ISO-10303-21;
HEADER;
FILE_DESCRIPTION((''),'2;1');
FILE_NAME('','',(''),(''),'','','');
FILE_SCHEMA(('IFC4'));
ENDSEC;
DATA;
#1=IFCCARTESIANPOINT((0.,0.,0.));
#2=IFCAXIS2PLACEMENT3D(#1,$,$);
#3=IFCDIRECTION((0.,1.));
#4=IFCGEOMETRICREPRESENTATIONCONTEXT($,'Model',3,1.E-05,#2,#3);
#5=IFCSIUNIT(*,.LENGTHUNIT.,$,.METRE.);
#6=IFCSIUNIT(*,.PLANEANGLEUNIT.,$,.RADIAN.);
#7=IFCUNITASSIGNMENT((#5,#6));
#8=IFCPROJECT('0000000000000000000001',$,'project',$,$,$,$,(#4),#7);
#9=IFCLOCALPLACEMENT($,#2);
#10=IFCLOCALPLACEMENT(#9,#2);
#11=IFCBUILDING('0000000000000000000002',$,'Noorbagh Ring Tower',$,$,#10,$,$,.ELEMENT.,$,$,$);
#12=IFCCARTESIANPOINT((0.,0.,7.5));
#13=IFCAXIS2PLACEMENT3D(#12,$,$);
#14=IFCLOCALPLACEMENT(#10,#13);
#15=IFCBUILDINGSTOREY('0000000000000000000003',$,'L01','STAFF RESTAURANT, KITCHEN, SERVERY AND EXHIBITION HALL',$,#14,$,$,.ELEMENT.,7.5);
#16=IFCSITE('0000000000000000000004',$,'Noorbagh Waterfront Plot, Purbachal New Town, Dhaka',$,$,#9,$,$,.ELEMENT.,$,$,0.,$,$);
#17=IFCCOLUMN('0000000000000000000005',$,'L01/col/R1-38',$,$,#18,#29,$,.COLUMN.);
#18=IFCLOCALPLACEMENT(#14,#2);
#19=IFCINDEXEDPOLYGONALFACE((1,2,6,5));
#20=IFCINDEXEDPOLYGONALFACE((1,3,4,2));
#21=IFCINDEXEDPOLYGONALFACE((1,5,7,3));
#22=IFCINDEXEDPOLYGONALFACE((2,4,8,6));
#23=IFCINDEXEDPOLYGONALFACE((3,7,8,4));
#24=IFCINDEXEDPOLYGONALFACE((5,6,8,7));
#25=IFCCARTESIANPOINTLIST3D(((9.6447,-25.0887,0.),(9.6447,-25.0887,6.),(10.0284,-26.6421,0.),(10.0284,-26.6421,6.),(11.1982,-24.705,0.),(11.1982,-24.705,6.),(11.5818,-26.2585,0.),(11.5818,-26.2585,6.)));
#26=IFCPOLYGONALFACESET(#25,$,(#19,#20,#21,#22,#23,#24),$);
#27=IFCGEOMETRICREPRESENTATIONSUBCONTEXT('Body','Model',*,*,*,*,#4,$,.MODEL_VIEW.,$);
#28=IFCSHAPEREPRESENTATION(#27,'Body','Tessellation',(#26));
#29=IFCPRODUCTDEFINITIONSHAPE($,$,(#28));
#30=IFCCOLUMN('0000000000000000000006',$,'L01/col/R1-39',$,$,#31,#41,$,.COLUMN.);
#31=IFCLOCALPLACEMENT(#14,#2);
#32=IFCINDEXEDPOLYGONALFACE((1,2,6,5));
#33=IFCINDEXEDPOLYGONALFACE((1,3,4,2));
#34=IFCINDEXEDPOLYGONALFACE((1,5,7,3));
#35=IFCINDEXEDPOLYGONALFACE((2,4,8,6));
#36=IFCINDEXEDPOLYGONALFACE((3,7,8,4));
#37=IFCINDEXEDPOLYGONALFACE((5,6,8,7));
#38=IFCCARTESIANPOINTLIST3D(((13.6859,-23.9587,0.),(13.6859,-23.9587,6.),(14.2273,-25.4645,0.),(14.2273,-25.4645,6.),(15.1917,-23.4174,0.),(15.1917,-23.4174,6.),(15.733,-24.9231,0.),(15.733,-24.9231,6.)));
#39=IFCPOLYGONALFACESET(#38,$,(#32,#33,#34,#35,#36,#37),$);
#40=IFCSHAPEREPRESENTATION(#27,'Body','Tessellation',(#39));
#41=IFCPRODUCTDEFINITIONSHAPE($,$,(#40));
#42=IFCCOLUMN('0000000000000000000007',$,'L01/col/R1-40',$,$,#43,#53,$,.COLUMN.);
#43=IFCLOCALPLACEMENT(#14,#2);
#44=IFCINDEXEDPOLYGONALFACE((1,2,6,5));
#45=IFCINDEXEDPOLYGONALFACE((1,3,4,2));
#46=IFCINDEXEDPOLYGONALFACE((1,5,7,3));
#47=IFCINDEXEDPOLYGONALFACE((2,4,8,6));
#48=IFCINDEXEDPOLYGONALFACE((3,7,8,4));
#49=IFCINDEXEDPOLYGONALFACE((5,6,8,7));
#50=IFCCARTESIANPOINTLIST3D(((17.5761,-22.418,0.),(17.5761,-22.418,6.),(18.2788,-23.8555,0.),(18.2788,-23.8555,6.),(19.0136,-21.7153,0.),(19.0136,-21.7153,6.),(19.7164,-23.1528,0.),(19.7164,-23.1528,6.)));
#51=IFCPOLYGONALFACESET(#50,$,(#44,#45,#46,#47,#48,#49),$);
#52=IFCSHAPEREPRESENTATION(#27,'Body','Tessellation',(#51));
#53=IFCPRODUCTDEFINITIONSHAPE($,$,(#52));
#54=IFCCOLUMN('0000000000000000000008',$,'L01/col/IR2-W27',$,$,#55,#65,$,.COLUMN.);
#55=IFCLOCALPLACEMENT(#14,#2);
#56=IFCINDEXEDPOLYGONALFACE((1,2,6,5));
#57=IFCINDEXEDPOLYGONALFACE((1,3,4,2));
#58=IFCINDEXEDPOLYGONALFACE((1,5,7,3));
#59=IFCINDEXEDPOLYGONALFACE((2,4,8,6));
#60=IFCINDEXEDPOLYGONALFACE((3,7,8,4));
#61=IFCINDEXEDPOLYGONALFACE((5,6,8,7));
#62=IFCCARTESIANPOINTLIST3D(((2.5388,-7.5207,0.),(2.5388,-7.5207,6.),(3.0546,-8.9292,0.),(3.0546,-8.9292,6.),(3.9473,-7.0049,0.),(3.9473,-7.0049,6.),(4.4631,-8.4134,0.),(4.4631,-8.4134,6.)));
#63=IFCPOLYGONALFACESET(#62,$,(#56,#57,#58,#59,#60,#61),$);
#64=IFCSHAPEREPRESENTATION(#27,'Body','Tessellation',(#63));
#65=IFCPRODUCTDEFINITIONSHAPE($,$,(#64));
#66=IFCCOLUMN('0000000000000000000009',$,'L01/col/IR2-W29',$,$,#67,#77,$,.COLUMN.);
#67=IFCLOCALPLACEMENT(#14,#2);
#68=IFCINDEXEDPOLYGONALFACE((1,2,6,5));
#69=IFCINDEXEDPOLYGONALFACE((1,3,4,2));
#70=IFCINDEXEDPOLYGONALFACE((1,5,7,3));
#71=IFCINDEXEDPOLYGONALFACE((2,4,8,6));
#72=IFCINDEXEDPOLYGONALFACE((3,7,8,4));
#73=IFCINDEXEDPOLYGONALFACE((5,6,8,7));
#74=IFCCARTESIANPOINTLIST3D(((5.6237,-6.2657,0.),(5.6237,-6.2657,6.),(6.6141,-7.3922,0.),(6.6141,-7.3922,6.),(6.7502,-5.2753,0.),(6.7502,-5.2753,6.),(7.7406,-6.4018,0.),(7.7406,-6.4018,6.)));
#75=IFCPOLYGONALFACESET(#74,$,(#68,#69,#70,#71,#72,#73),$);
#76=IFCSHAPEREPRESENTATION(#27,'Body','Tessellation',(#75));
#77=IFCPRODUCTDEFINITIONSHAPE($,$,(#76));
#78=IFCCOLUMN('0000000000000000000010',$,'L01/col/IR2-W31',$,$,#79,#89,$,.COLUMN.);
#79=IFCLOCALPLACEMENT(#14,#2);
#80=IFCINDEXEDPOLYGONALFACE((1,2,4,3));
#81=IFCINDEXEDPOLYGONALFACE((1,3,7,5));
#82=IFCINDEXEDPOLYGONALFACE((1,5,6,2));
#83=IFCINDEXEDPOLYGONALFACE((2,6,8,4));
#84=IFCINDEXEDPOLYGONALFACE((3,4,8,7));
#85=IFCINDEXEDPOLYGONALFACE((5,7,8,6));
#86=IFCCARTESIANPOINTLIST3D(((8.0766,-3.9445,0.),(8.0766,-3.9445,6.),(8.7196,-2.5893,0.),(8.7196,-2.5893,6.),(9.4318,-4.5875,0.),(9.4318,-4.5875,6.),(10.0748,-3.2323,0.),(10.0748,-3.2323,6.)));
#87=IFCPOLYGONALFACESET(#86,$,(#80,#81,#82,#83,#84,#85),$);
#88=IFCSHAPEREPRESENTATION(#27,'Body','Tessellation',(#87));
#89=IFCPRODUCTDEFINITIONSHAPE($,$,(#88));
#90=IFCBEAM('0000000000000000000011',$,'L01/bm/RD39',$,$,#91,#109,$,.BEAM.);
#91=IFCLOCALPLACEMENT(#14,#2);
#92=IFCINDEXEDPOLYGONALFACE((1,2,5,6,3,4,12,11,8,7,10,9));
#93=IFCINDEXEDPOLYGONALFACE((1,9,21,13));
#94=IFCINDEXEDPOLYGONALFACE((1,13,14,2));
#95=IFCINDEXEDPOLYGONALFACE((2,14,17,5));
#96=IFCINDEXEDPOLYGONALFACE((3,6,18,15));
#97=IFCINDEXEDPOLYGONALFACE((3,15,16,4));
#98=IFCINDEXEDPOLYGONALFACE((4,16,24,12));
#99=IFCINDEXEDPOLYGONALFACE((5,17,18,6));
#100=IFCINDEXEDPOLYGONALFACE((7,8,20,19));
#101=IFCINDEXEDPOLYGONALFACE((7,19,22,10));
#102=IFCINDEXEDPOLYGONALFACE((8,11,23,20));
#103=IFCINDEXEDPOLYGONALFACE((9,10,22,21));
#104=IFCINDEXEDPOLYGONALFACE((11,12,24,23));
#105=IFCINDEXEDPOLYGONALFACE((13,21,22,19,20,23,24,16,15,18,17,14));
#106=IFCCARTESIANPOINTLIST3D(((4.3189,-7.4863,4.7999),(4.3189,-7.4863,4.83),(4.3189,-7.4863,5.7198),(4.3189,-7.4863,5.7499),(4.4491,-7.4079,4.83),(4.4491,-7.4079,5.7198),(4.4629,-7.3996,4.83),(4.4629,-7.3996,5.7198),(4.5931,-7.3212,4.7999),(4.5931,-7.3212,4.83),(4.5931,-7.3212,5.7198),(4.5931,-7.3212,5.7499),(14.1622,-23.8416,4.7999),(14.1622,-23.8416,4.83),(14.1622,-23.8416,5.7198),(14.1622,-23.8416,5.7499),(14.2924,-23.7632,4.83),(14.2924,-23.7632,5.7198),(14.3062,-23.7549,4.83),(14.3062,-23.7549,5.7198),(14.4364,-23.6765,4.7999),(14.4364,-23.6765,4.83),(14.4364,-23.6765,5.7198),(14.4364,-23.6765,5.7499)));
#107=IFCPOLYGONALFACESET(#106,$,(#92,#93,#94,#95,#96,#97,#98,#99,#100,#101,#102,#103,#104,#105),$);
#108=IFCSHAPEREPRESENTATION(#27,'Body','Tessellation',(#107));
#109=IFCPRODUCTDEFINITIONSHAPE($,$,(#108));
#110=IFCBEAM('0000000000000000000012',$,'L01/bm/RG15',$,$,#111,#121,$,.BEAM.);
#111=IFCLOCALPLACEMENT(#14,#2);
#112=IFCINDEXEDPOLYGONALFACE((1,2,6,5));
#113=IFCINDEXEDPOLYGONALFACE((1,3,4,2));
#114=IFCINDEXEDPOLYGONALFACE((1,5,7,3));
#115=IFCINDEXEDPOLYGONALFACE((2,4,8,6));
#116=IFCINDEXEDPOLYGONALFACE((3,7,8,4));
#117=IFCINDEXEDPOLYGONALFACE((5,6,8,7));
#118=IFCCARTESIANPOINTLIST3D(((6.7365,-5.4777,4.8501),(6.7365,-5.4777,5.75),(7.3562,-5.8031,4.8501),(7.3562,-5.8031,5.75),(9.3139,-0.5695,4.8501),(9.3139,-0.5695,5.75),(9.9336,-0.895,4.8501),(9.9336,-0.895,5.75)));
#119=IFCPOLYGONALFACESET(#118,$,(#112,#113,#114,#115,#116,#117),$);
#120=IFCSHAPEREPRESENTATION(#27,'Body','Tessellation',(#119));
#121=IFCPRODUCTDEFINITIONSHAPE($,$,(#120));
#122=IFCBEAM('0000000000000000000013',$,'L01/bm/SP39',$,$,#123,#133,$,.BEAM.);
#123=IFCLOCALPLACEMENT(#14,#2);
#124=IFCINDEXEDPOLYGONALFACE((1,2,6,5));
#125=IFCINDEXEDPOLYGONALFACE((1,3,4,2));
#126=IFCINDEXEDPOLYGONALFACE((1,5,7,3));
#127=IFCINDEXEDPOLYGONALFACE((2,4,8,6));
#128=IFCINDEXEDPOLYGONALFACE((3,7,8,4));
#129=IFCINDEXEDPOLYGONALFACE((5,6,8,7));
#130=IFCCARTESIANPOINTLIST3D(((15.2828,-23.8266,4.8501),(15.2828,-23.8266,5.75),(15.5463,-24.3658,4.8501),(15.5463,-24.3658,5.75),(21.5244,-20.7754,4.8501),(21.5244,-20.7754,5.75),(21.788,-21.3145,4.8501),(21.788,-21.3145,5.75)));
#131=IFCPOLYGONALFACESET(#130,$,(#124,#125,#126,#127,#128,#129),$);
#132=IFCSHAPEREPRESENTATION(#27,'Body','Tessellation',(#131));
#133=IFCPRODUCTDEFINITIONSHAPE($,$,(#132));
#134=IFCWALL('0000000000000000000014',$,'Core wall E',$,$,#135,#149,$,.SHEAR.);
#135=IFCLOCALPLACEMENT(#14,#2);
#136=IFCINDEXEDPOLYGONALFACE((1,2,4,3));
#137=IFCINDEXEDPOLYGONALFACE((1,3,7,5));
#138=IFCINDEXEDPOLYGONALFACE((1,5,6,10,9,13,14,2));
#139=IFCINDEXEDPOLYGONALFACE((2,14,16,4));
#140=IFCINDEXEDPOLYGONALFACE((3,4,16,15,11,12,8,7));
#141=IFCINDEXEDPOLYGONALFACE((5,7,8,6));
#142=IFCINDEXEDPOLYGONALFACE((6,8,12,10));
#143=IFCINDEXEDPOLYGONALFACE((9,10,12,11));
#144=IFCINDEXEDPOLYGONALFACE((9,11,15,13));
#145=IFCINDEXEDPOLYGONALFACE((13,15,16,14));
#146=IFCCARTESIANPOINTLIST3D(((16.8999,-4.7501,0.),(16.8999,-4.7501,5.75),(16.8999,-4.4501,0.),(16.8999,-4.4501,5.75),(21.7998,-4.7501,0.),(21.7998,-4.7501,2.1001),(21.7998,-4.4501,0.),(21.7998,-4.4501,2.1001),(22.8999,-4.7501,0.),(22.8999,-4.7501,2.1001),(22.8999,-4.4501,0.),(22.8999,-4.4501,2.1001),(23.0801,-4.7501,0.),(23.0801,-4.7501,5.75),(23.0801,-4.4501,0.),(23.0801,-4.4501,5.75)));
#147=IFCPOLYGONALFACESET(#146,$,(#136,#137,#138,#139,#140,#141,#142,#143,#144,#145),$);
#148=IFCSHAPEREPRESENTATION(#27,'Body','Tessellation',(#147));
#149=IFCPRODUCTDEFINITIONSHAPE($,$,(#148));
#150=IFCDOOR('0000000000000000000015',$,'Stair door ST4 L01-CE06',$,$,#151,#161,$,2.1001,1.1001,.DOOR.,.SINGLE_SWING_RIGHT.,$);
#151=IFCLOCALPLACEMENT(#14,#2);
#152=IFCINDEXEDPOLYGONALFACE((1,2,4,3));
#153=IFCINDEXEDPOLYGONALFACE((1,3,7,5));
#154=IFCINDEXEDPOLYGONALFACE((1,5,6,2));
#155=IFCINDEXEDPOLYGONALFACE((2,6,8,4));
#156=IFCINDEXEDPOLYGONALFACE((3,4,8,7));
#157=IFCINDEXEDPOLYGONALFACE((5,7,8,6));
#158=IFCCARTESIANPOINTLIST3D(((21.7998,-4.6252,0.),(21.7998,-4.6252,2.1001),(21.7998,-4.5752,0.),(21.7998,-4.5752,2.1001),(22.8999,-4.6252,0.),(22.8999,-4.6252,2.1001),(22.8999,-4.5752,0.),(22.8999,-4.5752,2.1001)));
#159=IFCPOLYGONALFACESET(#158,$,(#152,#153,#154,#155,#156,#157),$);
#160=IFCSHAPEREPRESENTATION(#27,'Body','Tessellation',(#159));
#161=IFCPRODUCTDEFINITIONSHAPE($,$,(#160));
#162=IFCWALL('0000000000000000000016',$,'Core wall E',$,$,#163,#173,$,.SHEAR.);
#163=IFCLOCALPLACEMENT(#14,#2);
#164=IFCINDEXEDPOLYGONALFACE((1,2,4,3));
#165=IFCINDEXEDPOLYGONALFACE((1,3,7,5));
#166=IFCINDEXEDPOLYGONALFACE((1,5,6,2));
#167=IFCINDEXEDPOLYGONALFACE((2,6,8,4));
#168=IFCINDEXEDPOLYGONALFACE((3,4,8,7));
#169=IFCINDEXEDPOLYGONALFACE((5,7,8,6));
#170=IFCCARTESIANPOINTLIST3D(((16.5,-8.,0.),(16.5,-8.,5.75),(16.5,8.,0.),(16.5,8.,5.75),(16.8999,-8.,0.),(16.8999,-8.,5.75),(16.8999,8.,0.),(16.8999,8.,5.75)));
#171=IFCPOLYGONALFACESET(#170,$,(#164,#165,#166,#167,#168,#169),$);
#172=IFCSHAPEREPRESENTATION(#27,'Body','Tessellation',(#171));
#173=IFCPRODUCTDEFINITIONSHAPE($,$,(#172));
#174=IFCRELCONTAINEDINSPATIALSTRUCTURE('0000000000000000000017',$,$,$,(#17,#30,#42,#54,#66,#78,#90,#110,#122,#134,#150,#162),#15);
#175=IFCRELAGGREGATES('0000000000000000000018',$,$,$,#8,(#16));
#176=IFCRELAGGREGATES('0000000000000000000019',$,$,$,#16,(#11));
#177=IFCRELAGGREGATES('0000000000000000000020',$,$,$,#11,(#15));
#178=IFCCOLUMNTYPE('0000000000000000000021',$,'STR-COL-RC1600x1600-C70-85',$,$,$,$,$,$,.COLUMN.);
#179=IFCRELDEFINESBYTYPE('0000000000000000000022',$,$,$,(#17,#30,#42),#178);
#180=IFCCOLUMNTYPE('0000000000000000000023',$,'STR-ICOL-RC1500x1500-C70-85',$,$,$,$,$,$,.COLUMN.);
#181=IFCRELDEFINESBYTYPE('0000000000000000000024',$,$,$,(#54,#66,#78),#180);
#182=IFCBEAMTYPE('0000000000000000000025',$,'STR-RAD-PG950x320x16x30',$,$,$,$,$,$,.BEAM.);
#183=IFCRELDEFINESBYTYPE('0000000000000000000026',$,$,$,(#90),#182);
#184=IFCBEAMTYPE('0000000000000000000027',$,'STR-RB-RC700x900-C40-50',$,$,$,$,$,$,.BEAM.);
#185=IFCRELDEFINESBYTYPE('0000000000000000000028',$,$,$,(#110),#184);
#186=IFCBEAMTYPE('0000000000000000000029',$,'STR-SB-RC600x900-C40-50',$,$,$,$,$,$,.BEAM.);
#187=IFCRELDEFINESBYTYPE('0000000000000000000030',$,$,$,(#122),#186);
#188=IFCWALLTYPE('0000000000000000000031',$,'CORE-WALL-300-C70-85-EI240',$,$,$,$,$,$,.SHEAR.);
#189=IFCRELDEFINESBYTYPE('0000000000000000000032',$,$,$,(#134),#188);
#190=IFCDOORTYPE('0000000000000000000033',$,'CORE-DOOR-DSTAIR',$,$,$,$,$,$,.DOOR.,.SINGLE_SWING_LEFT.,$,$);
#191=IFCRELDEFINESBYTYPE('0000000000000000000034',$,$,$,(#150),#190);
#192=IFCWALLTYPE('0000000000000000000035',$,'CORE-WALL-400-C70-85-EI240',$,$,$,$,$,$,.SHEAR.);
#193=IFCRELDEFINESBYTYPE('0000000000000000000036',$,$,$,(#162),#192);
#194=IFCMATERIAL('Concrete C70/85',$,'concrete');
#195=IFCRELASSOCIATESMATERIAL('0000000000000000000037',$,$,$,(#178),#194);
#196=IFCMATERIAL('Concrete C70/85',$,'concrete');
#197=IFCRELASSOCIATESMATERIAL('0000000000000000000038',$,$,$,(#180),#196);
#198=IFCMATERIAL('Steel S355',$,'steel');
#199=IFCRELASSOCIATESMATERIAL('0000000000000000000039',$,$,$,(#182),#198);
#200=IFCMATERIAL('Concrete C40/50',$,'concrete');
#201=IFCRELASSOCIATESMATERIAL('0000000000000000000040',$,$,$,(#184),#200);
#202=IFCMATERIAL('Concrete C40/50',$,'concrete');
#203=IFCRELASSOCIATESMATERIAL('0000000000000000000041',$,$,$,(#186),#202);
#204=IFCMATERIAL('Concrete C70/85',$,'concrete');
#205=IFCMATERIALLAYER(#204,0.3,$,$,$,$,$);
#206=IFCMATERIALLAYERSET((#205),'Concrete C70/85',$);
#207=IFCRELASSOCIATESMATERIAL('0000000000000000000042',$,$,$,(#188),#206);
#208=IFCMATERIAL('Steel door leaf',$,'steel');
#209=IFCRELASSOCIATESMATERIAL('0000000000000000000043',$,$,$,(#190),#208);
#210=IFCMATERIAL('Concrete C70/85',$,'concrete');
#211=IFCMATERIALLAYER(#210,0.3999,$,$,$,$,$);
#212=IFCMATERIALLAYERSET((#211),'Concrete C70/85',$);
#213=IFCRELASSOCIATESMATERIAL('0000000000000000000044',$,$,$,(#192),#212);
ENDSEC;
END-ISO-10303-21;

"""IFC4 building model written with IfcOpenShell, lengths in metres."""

from ifc_helpers import new_model, si_unit, direction, frame, frame_2d, origin, origin_2d, place, context, subcontext, project, spatial, rectangle, i_section, extrude, material, layer, layer_set, material_profile, profile_set, type_object, element, fill, save


model = new_model("IFC4")

# Units and contexts
model_context = context("Model", 3, precision=1e-05, world=origin(), true_north=direction((0.0, 1.0)))
body_context = subcontext(model_context, "Body", "Model", "MODEL_VIEW")
ifc_project = project(units=[si_unit("LENGTHUNIT", "METRE"), si_unit("PLANEANGLEUNIT", "RADIAN")], contexts=[model_context])

# Site, building, storey
site_placement = place(None, origin())
site = spatial("IfcSite", under=ifc_project, at=site_placement, Name="Noorbagh Waterfront Plot, Purbachal New Town, Dhaka", CompositionType="ELEMENT", RefElevation=0.0)
building_placement = place(site_placement, origin())
building = spatial("IfcBuilding", under=site, at=building_placement, Name="Noorbagh Ring Tower", CompositionType="ELEMENT")
storey_placement = place(building_placement, frame((0.0, 0.0, 7.5)))
storey = spatial("IfcBuildingStorey", under=building, at=storey_placement, Name="L01", Description="STAFF RESTAURANT, KITCHEN, SERVERY AND EXHIBITION HALL", CompositionType="ELEMENT", Elevation=7.5)

# Columns
ifc_material_1 = material(Name="Concrete C70/85", Category="concrete")
ifc_material_profile_1 = material_profile(ifc_material_1, rectangle(XDim=1.6001, YDim=1.6001, at=origin_2d()), Name="RC1600x1600")
ifc_profile_set_1 = profile_set([ifc_material_profile_1], Name="Concrete C70/85")
column_type_1 = type_object("IfcColumnType", Name="STR-COL-RC1600x1600-C70-85", PredefinedType="COLUMN", material=ifc_profile_set_1)
for number, where, z_axis, x_axis, name in (
    (1, (10.6133, -25.6736, 0.0), (0.0, 0.0, 1.0), (0.970829, 0.239771, 0.0), "L01/col/R1-38"),
    (2, (14.7095, -24.4409, 0.0), (0.0, 0.0, 1.0), (0.941025, 0.338338, 0.0), "L01/col/R1-39"),
    (3, (18.6462, -22.7854, 0.0), (0.0, 0.0, 1.0), (0.898399, 0.43918, 0.0), "L01/col/R1-40"),
):
    element("IfcColumn", number, at=place(storey_placement, frame(where, z_axis=z_axis, x_axis=x_axis)), inside=storey, type_object=column_type_1, Name=name, PredefinedType="COLUMN", context=body_context, shape_type="SweptSolid", body=[
        extrude(rectangle(XDim=1.6001, YDim=1.6001, at=origin_2d()), origin(), (0.0, 0.0, 1.0), 6.0),
    ])
ifc_material_2 = material(Name="Concrete C70/85", Category="concrete")
ifc_material_profile_2 = material_profile(ifc_material_2, rectangle(XDim=1.5, YDim=1.5, at=origin_2d()), Name="RC1500x1500")
ifc_profile_set_2 = profile_set([ifc_material_profile_2], Name="Concrete C70/85")
column_type_2 = type_object("IfcColumnType", Name="STR-ICOL-RC1500x1500-C70-85", PredefinedType="COLUMN", material=ifc_profile_set_2)
for number, where, z_axis, x_axis, name in (
    (4, (3.501, -7.967, 0.0), (0.0, 0.0, 1.0), (0.93902, 0.343864, 0.0), "L01/col/IR2-W27"),
    (5, (6.6821, -6.3337, 0.0), (0.0, 0.0, 1.0), (0.751022, 0.660277, 0.0), "L01/col/IR2-W29"),
    (6, (9.0757, -3.5884, 0.0), (0.0, 0.0, 1.0), (0.428667, 0.903463, 0.0), "L01/col/IR2-W31"),
):
    element("IfcColumn", number, at=place(storey_placement, frame(where, z_axis=z_axis, x_axis=x_axis)), inside=storey, type_object=column_type_2, Name=name, PredefinedType="COLUMN", context=body_context, shape_type="SweptSolid", body=[
        extrude(rectangle(XDim=1.5, YDim=1.5, at=origin_2d()), origin(), (0.0, 0.0, 1.0), 6.0),
    ])

# Beams
ifc_material_3 = material(Name="Steel S355", Category="steel")
ifc_material_profile_3 = material_profile(ifc_material_3, i_section(OverallWidth=0.3201, OverallDepth=0.95, WebThickness=0.0161, FlangeThickness=0.03, at=origin_2d()), Name="PG950x320x16x30")
ifc_profile_set_3 = profile_set([ifc_material_profile_3], Name="Steel S355")
beam_type_1 = type_object("IfcBeamType", Name="STR-RAD-PG950x320x16x30", PredefinedType="BEAM", material=ifc_profile_set_3)
beam_1_placement = place(storey_placement, frame((14.2993, -23.759, 5.2749), z_axis=(-0.515656, 0.856796, 0.0), x_axis=(-0.856796, -0.515656, 0.0)))
element("IfcBeam", 7, at=beam_1_placement, inside=storey, type_object=beam_type_1, Name="L01/bm/RD39", PredefinedType="BEAM", context=body_context, shape_type="SweptSolid", body=[
    extrude(i_section(OverallWidth=0.3201, OverallDepth=0.95, WebThickness=0.0161, FlangeThickness=0.03, at=origin_2d()), origin(), (0.0, 0.0, 1.0), 19.0889),
])
ifc_material_4 = material(Name="Concrete C40/50", Category="concrete")
ifc_material_profile_4 = material_profile(ifc_material_4, rectangle(XDim=0.7, YDim=0.8999, at=origin_2d()), Name="RC700x900")
ifc_profile_set_4 = profile_set([ifc_material_profile_4], Name="Concrete C40/50")
beam_type_2 = type_object("IfcBeamType", Name="STR-RB-RC700x900-C40-50", PredefinedType="BEAM", material=ifc_profile_set_4)
beam_2_placement = place(storey_placement, frame((7.0464, -5.6404, 5.3), z_axis=(0.464917, 0.885354, 0.0), x_axis=(-0.885354, 0.464917, 0.0)))
element("IfcBeam", 8, at=beam_2_placement, inside=storey, type_object=beam_type_2, Name="L01/bm/RG15", PredefinedType="BEAM", context=body_context, shape_type="SweptSolid", body=[
    extrude(rectangle(XDim=0.7, YDim=0.8999, at=origin_2d()), origin(), (0.0, 0.0, 1.0), 5.5437),
])
ifc_material_5 = material(Name="Concrete C40/50", Category="concrete")
ifc_material_profile_5 = material_profile(ifc_material_5, rectangle(XDim=0.6001, YDim=0.8999, at=origin_2d()), Name="RC600x900")
ifc_profile_set_5 = profile_set([ifc_material_profile_5], Name="Concrete C40/50")
beam_type_3 = type_object("IfcBeamType", Name="STR-SB-RC600x900-C40-50", PredefinedType="BEAM", material=ifc_profile_set_5)
beam_3_placement = place(storey_placement, frame((15.4146, -24.0962, 5.3), z_axis=(0.898397, 0.439184, 0.0), x_axis=(-0.439184, 0.898397, 0.0)))
element("IfcBeam", 9, at=beam_3_placement, inside=storey, type_object=beam_type_3, Name="L01/bm/SP39", PredefinedType="BEAM", context=body_context, shape_type="SweptSolid", body=[
    extrude(rectangle(XDim=0.6001, YDim=0.8999, at=origin_2d()), origin(), (0.0, 0.0, 1.0), 6.9475),
])

# Wall, opening, door
ifc_material_6 = material(Name="Concrete C70/85", Category="concrete")
ifc_layer_1 = layer(ifc_material_6, 0.3)
ifc_layer_set_1 = layer_set([ifc_layer_1], Name="Concrete C70/85")
wall_type_1 = type_object("IfcWallType", Name="CORE-WALL-300-C70-85-EI240", PredefinedType="SHEAR", material=ifc_layer_set_1)
wall_1_placement = place(storey_placement, frame((16.8999, -4.6001, 0.0), z_axis=(0.0, 0.0, 1.0), x_axis=(1.0, 0.0, 0.0)))
wall_1 = element("IfcWall", 10, at=wall_1_placement, inside=storey, type_object=wall_type_1, Name="Core wall E", PredefinedType="SHEAR", context=body_context, shape_type="SweptSolid", body=[
    extrude(rectangle(XDim=6.1802, YDim=0.3, at=frame_2d((3.0901, 0.0))), origin(), (0.0, 0.0, 1.0), 5.75),
])
opening_1_placement = place(wall_1_placement, frame((4.8999, 0.0, 0.0)))
opening_1 = element("IfcOpeningElement", 11, at=opening_1_placement, cuts=wall_1, PredefinedType="OPENING", context=body_context, shape_type="SweptSolid", body=[
    extrude(rectangle(XDim=1.1001, YDim=2.1001, at=frame_2d((0.55, 1.05))), frame((0.0, 0.1602, 0.0), z_axis=(0.0, -1.0, 0.0), x_axis=(1.0, 0.0, 0.0)), (0.0, 0.0, 1.0), 0.3201),
])
ifc_material_7 = material(Name="Steel door leaf", Category="steel")
door_type_1 = type_object("IfcDoorType", Name="CORE-DOOR-DSTAIR", OperationType="SINGLE_SWING_LEFT", PredefinedType="DOOR", material=ifc_material_7)
door_1_placement = place(opening_1_placement, origin())
door_1 = element("IfcDoor", 12, at=door_1_placement, inside=storey, type_object=door_type_1, Name="Stair door ST4 L01-CE06", OperationType="SINGLE_SWING_RIGHT", OverallHeight=2.1001, OverallWidth=1.1001, PredefinedType="DOOR", context=body_context, shape_type="SweptSolid", body=[
    extrude(rectangle(XDim=1.1001, YDim=2.1001, at=frame_2d((0.55, 1.05))), frame((0.0, 0.0249, 0.0), z_axis=(0.0, -1.0, 0.0), x_axis=(1.0, 0.0, 0.0)), (0.0, 0.0, 1.0), 0.05),
])
fill(opening_1, door_1)

# Wall
ifc_material_8 = material(Name="Concrete C70/85", Category="concrete")
ifc_layer_2 = layer(ifc_material_8, 0.3999)
ifc_layer_set_2 = layer_set([ifc_layer_2], Name="Concrete C70/85")
wall_type_2 = type_object("IfcWallType", Name="CORE-WALL-400-C70-85-EI240", PredefinedType="SHEAR", material=ifc_layer_set_2)
wall_2_placement = place(storey_placement, frame((16.7, -8.0, 0.0), z_axis=(0.0, 0.0, 1.0), x_axis=(0.0, 1.0, 0.0)))
element("IfcWall", 13, at=wall_2_placement, inside=storey, type_object=wall_type_2, Name="Core wall E", PredefinedType="SHEAR", context=body_context, shape_type="SweptSolid", body=[
    extrude(rectangle(XDim=16.0, YDim=0.3999, at=frame_2d((8.0, 0.0))), origin(), (0.0, 0.0, 1.0), 5.75),
])

save(model, "model.ifc")
